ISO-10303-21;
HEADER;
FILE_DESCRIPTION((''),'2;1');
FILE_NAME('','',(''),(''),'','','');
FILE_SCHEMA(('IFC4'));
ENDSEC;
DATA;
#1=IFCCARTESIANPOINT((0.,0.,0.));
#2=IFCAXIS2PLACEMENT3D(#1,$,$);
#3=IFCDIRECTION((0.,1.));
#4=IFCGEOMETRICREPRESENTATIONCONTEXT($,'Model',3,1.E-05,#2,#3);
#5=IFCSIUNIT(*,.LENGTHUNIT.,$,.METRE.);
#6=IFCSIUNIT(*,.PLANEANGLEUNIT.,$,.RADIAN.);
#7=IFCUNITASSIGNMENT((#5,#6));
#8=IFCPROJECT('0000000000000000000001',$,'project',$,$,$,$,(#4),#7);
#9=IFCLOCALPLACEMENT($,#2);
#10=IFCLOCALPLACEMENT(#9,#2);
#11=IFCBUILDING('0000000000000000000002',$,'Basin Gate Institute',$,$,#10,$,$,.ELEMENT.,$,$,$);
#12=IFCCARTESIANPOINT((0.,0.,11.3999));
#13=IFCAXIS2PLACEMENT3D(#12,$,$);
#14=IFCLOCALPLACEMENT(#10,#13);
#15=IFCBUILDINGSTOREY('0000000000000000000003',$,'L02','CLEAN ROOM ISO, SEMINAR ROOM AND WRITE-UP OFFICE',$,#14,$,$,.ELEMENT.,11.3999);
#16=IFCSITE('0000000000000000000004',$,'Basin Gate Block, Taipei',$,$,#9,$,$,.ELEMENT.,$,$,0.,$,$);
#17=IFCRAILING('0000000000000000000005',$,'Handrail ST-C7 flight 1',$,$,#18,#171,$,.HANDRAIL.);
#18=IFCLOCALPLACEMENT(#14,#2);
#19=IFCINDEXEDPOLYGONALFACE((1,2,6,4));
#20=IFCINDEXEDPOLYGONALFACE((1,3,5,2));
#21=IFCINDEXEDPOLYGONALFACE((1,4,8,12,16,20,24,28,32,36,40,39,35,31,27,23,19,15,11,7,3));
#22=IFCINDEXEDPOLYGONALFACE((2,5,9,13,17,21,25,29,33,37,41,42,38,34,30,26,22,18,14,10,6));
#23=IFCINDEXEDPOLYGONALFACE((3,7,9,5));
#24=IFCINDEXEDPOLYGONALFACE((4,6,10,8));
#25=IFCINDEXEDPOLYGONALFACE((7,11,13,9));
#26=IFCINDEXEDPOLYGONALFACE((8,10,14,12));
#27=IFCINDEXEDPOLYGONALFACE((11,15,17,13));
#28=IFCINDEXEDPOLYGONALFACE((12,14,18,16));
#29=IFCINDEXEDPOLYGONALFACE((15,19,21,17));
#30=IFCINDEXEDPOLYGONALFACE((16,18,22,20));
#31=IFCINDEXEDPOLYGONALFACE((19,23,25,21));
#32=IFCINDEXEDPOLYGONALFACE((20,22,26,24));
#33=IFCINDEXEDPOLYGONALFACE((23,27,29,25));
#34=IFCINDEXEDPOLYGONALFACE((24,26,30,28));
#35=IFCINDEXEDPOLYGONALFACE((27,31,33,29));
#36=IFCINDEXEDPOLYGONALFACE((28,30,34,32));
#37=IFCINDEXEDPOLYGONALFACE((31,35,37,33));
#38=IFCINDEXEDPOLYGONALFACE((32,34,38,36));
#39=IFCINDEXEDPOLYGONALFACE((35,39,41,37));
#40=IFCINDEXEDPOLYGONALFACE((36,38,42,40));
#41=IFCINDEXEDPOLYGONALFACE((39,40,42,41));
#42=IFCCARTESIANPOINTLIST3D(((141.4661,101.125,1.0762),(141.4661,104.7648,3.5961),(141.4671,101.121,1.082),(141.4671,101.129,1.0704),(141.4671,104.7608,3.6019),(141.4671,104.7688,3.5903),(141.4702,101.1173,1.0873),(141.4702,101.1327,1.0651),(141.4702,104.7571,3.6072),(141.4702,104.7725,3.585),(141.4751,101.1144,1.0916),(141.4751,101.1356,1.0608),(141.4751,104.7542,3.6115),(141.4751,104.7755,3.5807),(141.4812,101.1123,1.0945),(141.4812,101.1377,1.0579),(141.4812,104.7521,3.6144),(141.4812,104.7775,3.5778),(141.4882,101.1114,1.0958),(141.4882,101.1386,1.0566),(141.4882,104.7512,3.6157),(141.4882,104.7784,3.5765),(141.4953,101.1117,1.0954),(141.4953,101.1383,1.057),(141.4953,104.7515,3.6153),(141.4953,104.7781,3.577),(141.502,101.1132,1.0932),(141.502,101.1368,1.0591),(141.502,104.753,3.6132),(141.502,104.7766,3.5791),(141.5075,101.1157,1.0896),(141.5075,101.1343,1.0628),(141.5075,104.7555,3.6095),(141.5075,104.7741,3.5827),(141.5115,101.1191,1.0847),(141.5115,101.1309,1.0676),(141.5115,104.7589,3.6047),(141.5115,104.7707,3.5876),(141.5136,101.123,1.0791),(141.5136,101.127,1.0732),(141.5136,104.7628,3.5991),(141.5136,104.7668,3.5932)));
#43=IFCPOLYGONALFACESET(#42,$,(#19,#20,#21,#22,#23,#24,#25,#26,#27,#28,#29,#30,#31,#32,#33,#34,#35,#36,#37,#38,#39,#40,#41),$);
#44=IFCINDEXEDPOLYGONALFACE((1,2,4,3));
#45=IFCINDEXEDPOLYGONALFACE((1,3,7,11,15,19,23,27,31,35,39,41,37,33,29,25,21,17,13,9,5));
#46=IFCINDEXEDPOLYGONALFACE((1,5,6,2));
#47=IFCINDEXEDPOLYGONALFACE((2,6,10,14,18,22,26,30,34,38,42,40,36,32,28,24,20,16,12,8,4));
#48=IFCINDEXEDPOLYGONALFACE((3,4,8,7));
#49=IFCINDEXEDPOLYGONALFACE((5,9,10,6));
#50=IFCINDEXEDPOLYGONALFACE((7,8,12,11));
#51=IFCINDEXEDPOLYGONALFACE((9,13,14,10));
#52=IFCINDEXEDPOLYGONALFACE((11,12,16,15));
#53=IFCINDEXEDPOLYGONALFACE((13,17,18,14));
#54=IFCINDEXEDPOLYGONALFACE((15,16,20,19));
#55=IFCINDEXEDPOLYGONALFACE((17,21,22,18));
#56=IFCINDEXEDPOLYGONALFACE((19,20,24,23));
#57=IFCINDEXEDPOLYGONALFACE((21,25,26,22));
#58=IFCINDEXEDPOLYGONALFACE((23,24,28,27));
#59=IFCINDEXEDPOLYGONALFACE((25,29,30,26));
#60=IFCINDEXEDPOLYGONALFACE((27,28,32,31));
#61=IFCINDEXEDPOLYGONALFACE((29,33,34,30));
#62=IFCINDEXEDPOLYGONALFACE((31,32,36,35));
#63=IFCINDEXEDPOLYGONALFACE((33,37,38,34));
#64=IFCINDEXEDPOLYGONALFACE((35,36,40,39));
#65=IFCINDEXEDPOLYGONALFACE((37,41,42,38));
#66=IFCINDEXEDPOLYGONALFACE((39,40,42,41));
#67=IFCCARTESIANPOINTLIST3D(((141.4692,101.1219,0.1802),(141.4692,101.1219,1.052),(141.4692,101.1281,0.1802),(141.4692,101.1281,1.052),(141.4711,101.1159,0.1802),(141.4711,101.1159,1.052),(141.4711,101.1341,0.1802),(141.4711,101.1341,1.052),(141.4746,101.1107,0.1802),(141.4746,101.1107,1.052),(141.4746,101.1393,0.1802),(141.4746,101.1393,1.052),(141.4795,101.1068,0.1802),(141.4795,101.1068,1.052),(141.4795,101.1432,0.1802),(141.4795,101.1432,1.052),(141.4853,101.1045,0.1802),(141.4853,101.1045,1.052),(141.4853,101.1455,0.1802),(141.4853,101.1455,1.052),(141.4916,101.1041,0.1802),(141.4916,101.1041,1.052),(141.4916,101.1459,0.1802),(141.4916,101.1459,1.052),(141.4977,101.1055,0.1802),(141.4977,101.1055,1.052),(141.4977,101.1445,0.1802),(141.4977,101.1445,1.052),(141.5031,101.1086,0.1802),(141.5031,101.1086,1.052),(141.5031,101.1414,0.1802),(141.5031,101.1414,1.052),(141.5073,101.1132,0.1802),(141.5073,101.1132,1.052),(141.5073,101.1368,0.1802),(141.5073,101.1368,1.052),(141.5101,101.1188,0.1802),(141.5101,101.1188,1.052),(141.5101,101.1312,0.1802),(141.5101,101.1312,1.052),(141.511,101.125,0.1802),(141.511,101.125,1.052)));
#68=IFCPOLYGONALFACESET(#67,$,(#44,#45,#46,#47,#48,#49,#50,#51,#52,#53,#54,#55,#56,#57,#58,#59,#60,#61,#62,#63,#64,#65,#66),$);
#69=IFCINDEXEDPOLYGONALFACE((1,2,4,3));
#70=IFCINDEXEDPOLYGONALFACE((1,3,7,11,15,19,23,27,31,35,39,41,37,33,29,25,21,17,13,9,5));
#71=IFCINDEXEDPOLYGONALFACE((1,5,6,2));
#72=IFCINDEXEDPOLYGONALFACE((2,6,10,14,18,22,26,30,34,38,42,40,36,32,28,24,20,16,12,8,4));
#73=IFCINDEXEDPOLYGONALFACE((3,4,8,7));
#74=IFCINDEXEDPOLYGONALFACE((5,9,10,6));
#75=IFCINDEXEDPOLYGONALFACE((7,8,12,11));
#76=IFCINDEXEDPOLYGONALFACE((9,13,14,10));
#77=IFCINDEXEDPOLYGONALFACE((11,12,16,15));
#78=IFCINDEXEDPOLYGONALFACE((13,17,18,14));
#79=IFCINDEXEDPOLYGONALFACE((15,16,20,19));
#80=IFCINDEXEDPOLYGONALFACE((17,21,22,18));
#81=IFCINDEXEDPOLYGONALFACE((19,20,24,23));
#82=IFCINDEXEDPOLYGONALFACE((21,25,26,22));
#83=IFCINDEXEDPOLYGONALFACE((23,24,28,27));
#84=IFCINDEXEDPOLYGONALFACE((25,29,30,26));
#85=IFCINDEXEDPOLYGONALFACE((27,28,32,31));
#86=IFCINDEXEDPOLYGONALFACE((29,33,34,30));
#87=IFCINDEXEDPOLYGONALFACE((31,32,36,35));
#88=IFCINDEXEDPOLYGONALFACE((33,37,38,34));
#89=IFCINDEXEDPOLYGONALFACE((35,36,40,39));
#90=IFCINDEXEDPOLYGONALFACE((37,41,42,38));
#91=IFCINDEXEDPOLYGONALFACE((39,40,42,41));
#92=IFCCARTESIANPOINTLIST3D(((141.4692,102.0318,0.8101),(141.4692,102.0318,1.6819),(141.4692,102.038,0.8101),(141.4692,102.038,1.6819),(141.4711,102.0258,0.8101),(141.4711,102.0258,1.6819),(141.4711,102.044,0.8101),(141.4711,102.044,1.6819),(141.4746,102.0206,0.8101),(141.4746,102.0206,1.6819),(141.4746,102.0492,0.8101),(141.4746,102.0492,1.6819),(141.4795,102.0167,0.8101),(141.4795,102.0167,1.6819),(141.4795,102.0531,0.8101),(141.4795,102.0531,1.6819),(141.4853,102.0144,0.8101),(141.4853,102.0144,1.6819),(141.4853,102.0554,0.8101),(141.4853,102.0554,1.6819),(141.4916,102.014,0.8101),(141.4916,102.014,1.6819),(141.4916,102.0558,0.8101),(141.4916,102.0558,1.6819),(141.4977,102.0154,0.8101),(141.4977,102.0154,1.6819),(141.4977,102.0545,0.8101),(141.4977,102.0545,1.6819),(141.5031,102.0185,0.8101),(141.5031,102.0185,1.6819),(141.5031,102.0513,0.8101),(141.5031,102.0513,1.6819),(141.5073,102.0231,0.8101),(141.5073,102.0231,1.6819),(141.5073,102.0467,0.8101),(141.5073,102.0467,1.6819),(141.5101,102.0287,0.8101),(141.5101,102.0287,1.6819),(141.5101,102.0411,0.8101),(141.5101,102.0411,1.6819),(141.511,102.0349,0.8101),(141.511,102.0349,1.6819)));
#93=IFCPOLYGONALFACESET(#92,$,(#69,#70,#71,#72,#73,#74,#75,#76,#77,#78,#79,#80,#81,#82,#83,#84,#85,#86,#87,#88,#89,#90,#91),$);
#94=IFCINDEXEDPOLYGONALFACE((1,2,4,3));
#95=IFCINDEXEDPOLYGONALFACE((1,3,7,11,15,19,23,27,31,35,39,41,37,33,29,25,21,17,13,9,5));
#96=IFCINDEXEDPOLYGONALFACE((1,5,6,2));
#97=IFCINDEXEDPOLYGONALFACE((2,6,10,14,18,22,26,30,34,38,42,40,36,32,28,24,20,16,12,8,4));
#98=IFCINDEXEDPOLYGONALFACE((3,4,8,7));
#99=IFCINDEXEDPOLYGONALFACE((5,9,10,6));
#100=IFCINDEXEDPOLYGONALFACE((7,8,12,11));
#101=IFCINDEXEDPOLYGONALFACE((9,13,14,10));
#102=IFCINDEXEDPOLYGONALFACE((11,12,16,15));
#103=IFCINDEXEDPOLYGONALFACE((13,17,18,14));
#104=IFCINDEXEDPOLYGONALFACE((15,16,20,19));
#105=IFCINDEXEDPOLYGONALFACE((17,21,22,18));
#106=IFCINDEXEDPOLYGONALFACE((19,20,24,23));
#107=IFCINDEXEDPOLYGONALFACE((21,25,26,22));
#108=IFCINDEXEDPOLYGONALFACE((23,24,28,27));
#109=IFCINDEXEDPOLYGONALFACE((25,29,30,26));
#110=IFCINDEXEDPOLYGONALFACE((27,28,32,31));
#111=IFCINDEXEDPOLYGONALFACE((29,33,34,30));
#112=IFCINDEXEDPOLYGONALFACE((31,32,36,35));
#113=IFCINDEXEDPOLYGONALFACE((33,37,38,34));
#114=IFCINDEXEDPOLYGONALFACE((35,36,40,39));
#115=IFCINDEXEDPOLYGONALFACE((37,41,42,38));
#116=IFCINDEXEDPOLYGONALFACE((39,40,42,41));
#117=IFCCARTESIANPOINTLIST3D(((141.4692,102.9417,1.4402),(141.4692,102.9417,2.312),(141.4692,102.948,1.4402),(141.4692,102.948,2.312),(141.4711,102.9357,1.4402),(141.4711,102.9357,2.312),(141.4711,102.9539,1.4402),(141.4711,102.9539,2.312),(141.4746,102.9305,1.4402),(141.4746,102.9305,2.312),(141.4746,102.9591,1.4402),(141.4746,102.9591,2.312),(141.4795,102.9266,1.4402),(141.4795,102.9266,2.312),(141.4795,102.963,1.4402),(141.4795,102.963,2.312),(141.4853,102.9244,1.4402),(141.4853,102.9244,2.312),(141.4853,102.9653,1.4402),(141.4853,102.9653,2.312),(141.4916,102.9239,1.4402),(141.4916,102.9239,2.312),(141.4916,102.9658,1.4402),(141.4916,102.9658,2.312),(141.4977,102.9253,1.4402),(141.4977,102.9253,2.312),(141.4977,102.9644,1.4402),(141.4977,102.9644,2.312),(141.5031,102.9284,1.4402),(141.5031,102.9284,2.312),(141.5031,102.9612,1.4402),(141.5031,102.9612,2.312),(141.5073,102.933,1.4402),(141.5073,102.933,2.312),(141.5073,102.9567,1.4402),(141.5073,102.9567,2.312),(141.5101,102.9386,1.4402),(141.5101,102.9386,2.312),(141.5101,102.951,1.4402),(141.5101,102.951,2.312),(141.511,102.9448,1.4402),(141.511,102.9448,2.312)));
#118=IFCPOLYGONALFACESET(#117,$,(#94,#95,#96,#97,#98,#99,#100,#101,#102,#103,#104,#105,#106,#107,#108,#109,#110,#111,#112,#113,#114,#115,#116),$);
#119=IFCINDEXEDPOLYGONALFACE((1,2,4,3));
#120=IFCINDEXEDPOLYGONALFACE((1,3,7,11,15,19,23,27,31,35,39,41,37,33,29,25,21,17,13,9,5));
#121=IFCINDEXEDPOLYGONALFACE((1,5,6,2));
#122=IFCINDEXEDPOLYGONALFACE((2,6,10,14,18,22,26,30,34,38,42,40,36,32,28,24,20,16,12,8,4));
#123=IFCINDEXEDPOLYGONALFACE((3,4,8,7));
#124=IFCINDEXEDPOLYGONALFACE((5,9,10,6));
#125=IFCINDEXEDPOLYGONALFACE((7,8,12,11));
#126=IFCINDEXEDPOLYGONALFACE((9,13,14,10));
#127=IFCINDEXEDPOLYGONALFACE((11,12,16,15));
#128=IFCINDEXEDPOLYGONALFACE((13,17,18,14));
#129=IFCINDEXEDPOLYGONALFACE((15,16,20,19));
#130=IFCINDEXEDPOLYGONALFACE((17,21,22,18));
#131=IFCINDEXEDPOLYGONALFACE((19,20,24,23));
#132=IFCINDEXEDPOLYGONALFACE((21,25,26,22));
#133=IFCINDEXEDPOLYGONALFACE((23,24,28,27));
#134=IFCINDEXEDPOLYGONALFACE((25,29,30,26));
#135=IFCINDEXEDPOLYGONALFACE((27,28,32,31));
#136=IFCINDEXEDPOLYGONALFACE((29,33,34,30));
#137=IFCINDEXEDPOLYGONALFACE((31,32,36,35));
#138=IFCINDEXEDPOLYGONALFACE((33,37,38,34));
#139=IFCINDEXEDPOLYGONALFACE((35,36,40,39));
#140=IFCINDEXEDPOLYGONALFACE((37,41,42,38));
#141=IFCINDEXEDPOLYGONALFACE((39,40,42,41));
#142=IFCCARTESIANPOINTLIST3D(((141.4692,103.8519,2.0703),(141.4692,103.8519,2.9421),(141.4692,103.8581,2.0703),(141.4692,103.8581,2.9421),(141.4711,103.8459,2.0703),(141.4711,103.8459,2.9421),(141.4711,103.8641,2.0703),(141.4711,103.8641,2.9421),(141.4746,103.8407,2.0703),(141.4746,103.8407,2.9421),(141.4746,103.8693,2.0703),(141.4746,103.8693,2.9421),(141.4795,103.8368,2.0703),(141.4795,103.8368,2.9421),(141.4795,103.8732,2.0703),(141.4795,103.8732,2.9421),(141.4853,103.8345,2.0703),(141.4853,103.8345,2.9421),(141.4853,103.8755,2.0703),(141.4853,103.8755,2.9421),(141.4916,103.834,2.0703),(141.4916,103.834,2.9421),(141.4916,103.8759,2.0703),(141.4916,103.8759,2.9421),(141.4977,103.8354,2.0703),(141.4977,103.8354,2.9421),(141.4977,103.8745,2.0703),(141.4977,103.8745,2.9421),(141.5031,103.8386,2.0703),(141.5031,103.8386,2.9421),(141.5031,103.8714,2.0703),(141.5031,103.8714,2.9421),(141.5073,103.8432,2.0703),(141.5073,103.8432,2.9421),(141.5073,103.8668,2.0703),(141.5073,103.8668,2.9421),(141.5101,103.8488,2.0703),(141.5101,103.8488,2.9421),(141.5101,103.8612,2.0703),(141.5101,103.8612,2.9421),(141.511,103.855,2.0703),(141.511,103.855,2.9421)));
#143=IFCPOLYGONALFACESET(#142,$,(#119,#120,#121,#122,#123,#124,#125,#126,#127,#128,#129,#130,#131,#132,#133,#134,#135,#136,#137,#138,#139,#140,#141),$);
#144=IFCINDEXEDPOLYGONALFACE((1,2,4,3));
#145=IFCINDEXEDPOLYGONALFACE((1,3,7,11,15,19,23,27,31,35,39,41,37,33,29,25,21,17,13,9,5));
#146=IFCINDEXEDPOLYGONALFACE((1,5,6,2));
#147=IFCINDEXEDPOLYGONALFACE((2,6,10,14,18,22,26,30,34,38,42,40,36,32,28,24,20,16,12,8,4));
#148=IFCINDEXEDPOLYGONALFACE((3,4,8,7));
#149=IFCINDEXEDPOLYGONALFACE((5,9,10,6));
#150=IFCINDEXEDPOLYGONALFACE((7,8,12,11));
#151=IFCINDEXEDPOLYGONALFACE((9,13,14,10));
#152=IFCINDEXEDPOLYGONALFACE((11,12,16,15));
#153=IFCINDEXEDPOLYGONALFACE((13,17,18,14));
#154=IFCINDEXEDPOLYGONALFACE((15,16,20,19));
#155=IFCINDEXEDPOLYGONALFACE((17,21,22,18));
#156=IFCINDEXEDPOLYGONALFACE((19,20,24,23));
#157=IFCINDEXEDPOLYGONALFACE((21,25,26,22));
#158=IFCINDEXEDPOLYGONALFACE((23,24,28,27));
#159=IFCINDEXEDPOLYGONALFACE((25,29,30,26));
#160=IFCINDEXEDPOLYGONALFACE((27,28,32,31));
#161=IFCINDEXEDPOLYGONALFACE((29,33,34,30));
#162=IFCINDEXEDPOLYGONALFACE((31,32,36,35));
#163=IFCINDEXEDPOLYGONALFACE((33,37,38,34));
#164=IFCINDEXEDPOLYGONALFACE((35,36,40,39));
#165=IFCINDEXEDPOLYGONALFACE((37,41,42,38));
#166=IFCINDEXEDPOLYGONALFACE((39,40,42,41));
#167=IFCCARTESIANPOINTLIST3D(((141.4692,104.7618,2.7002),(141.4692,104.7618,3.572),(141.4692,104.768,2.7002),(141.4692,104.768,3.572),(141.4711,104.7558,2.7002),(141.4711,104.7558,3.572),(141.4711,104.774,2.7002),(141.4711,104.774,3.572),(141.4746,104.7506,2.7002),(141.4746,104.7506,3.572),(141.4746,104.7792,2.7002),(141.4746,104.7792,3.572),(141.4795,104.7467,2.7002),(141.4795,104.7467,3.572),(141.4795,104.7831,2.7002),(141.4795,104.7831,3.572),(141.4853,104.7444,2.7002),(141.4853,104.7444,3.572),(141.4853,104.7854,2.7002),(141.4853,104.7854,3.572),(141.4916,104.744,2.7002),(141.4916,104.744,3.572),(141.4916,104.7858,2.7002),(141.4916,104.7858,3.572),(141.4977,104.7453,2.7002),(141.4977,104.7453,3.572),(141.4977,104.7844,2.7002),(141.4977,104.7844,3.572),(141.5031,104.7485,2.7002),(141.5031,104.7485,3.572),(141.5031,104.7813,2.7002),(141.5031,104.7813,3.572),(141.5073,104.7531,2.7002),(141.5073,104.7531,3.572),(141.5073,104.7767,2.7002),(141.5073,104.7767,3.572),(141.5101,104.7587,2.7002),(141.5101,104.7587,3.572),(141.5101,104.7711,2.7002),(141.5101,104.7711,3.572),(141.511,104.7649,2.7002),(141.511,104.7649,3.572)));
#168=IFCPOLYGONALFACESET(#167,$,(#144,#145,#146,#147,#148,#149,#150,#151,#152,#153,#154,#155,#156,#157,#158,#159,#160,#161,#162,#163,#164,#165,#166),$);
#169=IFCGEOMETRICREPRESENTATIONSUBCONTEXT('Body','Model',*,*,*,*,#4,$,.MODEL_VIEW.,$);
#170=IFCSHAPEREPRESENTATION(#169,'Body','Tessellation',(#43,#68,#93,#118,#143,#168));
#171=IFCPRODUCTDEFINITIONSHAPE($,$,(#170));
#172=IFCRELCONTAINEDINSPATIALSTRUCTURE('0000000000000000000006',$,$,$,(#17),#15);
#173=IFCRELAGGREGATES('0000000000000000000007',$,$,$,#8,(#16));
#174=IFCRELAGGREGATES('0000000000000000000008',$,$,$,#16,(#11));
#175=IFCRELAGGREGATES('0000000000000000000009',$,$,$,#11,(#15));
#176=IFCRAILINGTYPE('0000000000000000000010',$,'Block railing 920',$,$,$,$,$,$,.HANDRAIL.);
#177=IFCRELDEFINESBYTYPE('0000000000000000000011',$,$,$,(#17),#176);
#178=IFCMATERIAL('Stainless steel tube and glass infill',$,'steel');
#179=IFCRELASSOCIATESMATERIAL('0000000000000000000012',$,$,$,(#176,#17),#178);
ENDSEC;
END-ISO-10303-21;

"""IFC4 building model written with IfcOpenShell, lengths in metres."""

from ifc_helpers import new_model, si_unit, direction, frame, origin, origin_2d, place, context, subcontext, project, spatial, circle, extrude, material, type_object, element, save


model = new_model("IFC4")

# Units and contexts
model_context = context("Model", 3, precision=1e-05, world=origin(), true_north=direction((0.0, 1.0)))
body_context = subcontext(model_context, "Body", "Model", "MODEL_VIEW")
ifc_project = project(units=[si_unit("LENGTHUNIT", "METRE"), si_unit("PLANEANGLEUNIT", "RADIAN")], contexts=[model_context])

# Site, building, storey
site_placement = place(None, origin())
site = spatial("IfcSite", under=ifc_project, at=site_placement, Name="Basin Gate Block, Taipei", CompositionType="ELEMENT", RefElevation=0.0)
building_placement = place(site_placement, origin())
building = spatial("IfcBuilding", under=site, at=building_placement, Name="Basin Gate Institute", CompositionType="ELEMENT")
storey_placement = place(building_placement, frame((0.0, 0.0, 11.3999)))
storey = spatial("IfcBuildingStorey", under=building, at=storey_placement, Name="L02", Description="CLEAN ROOM ISO, SEMINAR ROOM AND WRITE-UP OFFICE", CompositionType="ELEMENT", Elevation=11.3999)

# Railing
ifc_material_1 = material(Name="Stainless steel tube and glass infill", Category="steel")
railing_type_1 = type_object("IfcRailingType", Name="Block railing 920", PredefinedType="HANDRAIL", material=ifc_material_1)
for number, where, name in (
    (1, (141.49, 101.125, 0.1802), "Handrail ST-C7 flight 1"),
):
    element("IfcRailing", number, at=place(storey_placement, frame(where)), inside=storey, type_object=railing_type_1, material=ifc_material_1, Name=name, PredefinedType="HANDRAIL", context=body_context, shape_type="SweptSolid", body=[
        extrude(circle(Radius=0.0239, at=origin_2d()), frame((0.0, 0.0, 0.896), z_axis=(0.0, 0.822182, 0.569224), x_axis=(-1.0, 0.0, 0.0)), (0.0, 0.0, 1.0), 4.427),
        extrude(circle(Radius=0.021, at=origin_2d()), origin(), (0.0, 0.0, 1.0), 0.8718),
        extrude(circle(Radius=0.021, at=origin_2d()), frame((0.0, 0.9099, 0.6299)), (0.0, 0.0, 1.0), 0.8718),
        extrude(circle(Radius=0.021, at=origin_2d()), frame((0.0, 1.8198, 1.26)), (0.0, 0.0, 1.0), 0.8718),
        extrude(circle(Radius=0.021, at=origin_2d()), frame((0.0, 2.73, 1.8901)), (0.0, 0.0, 1.0), 0.8718),
        extrude(circle(Radius=0.021, at=origin_2d()), frame((0.0, 3.6399, 2.52)), (0.0, 0.0, 1.0), 0.8718),
    ])

save(model, "model.ifc")
